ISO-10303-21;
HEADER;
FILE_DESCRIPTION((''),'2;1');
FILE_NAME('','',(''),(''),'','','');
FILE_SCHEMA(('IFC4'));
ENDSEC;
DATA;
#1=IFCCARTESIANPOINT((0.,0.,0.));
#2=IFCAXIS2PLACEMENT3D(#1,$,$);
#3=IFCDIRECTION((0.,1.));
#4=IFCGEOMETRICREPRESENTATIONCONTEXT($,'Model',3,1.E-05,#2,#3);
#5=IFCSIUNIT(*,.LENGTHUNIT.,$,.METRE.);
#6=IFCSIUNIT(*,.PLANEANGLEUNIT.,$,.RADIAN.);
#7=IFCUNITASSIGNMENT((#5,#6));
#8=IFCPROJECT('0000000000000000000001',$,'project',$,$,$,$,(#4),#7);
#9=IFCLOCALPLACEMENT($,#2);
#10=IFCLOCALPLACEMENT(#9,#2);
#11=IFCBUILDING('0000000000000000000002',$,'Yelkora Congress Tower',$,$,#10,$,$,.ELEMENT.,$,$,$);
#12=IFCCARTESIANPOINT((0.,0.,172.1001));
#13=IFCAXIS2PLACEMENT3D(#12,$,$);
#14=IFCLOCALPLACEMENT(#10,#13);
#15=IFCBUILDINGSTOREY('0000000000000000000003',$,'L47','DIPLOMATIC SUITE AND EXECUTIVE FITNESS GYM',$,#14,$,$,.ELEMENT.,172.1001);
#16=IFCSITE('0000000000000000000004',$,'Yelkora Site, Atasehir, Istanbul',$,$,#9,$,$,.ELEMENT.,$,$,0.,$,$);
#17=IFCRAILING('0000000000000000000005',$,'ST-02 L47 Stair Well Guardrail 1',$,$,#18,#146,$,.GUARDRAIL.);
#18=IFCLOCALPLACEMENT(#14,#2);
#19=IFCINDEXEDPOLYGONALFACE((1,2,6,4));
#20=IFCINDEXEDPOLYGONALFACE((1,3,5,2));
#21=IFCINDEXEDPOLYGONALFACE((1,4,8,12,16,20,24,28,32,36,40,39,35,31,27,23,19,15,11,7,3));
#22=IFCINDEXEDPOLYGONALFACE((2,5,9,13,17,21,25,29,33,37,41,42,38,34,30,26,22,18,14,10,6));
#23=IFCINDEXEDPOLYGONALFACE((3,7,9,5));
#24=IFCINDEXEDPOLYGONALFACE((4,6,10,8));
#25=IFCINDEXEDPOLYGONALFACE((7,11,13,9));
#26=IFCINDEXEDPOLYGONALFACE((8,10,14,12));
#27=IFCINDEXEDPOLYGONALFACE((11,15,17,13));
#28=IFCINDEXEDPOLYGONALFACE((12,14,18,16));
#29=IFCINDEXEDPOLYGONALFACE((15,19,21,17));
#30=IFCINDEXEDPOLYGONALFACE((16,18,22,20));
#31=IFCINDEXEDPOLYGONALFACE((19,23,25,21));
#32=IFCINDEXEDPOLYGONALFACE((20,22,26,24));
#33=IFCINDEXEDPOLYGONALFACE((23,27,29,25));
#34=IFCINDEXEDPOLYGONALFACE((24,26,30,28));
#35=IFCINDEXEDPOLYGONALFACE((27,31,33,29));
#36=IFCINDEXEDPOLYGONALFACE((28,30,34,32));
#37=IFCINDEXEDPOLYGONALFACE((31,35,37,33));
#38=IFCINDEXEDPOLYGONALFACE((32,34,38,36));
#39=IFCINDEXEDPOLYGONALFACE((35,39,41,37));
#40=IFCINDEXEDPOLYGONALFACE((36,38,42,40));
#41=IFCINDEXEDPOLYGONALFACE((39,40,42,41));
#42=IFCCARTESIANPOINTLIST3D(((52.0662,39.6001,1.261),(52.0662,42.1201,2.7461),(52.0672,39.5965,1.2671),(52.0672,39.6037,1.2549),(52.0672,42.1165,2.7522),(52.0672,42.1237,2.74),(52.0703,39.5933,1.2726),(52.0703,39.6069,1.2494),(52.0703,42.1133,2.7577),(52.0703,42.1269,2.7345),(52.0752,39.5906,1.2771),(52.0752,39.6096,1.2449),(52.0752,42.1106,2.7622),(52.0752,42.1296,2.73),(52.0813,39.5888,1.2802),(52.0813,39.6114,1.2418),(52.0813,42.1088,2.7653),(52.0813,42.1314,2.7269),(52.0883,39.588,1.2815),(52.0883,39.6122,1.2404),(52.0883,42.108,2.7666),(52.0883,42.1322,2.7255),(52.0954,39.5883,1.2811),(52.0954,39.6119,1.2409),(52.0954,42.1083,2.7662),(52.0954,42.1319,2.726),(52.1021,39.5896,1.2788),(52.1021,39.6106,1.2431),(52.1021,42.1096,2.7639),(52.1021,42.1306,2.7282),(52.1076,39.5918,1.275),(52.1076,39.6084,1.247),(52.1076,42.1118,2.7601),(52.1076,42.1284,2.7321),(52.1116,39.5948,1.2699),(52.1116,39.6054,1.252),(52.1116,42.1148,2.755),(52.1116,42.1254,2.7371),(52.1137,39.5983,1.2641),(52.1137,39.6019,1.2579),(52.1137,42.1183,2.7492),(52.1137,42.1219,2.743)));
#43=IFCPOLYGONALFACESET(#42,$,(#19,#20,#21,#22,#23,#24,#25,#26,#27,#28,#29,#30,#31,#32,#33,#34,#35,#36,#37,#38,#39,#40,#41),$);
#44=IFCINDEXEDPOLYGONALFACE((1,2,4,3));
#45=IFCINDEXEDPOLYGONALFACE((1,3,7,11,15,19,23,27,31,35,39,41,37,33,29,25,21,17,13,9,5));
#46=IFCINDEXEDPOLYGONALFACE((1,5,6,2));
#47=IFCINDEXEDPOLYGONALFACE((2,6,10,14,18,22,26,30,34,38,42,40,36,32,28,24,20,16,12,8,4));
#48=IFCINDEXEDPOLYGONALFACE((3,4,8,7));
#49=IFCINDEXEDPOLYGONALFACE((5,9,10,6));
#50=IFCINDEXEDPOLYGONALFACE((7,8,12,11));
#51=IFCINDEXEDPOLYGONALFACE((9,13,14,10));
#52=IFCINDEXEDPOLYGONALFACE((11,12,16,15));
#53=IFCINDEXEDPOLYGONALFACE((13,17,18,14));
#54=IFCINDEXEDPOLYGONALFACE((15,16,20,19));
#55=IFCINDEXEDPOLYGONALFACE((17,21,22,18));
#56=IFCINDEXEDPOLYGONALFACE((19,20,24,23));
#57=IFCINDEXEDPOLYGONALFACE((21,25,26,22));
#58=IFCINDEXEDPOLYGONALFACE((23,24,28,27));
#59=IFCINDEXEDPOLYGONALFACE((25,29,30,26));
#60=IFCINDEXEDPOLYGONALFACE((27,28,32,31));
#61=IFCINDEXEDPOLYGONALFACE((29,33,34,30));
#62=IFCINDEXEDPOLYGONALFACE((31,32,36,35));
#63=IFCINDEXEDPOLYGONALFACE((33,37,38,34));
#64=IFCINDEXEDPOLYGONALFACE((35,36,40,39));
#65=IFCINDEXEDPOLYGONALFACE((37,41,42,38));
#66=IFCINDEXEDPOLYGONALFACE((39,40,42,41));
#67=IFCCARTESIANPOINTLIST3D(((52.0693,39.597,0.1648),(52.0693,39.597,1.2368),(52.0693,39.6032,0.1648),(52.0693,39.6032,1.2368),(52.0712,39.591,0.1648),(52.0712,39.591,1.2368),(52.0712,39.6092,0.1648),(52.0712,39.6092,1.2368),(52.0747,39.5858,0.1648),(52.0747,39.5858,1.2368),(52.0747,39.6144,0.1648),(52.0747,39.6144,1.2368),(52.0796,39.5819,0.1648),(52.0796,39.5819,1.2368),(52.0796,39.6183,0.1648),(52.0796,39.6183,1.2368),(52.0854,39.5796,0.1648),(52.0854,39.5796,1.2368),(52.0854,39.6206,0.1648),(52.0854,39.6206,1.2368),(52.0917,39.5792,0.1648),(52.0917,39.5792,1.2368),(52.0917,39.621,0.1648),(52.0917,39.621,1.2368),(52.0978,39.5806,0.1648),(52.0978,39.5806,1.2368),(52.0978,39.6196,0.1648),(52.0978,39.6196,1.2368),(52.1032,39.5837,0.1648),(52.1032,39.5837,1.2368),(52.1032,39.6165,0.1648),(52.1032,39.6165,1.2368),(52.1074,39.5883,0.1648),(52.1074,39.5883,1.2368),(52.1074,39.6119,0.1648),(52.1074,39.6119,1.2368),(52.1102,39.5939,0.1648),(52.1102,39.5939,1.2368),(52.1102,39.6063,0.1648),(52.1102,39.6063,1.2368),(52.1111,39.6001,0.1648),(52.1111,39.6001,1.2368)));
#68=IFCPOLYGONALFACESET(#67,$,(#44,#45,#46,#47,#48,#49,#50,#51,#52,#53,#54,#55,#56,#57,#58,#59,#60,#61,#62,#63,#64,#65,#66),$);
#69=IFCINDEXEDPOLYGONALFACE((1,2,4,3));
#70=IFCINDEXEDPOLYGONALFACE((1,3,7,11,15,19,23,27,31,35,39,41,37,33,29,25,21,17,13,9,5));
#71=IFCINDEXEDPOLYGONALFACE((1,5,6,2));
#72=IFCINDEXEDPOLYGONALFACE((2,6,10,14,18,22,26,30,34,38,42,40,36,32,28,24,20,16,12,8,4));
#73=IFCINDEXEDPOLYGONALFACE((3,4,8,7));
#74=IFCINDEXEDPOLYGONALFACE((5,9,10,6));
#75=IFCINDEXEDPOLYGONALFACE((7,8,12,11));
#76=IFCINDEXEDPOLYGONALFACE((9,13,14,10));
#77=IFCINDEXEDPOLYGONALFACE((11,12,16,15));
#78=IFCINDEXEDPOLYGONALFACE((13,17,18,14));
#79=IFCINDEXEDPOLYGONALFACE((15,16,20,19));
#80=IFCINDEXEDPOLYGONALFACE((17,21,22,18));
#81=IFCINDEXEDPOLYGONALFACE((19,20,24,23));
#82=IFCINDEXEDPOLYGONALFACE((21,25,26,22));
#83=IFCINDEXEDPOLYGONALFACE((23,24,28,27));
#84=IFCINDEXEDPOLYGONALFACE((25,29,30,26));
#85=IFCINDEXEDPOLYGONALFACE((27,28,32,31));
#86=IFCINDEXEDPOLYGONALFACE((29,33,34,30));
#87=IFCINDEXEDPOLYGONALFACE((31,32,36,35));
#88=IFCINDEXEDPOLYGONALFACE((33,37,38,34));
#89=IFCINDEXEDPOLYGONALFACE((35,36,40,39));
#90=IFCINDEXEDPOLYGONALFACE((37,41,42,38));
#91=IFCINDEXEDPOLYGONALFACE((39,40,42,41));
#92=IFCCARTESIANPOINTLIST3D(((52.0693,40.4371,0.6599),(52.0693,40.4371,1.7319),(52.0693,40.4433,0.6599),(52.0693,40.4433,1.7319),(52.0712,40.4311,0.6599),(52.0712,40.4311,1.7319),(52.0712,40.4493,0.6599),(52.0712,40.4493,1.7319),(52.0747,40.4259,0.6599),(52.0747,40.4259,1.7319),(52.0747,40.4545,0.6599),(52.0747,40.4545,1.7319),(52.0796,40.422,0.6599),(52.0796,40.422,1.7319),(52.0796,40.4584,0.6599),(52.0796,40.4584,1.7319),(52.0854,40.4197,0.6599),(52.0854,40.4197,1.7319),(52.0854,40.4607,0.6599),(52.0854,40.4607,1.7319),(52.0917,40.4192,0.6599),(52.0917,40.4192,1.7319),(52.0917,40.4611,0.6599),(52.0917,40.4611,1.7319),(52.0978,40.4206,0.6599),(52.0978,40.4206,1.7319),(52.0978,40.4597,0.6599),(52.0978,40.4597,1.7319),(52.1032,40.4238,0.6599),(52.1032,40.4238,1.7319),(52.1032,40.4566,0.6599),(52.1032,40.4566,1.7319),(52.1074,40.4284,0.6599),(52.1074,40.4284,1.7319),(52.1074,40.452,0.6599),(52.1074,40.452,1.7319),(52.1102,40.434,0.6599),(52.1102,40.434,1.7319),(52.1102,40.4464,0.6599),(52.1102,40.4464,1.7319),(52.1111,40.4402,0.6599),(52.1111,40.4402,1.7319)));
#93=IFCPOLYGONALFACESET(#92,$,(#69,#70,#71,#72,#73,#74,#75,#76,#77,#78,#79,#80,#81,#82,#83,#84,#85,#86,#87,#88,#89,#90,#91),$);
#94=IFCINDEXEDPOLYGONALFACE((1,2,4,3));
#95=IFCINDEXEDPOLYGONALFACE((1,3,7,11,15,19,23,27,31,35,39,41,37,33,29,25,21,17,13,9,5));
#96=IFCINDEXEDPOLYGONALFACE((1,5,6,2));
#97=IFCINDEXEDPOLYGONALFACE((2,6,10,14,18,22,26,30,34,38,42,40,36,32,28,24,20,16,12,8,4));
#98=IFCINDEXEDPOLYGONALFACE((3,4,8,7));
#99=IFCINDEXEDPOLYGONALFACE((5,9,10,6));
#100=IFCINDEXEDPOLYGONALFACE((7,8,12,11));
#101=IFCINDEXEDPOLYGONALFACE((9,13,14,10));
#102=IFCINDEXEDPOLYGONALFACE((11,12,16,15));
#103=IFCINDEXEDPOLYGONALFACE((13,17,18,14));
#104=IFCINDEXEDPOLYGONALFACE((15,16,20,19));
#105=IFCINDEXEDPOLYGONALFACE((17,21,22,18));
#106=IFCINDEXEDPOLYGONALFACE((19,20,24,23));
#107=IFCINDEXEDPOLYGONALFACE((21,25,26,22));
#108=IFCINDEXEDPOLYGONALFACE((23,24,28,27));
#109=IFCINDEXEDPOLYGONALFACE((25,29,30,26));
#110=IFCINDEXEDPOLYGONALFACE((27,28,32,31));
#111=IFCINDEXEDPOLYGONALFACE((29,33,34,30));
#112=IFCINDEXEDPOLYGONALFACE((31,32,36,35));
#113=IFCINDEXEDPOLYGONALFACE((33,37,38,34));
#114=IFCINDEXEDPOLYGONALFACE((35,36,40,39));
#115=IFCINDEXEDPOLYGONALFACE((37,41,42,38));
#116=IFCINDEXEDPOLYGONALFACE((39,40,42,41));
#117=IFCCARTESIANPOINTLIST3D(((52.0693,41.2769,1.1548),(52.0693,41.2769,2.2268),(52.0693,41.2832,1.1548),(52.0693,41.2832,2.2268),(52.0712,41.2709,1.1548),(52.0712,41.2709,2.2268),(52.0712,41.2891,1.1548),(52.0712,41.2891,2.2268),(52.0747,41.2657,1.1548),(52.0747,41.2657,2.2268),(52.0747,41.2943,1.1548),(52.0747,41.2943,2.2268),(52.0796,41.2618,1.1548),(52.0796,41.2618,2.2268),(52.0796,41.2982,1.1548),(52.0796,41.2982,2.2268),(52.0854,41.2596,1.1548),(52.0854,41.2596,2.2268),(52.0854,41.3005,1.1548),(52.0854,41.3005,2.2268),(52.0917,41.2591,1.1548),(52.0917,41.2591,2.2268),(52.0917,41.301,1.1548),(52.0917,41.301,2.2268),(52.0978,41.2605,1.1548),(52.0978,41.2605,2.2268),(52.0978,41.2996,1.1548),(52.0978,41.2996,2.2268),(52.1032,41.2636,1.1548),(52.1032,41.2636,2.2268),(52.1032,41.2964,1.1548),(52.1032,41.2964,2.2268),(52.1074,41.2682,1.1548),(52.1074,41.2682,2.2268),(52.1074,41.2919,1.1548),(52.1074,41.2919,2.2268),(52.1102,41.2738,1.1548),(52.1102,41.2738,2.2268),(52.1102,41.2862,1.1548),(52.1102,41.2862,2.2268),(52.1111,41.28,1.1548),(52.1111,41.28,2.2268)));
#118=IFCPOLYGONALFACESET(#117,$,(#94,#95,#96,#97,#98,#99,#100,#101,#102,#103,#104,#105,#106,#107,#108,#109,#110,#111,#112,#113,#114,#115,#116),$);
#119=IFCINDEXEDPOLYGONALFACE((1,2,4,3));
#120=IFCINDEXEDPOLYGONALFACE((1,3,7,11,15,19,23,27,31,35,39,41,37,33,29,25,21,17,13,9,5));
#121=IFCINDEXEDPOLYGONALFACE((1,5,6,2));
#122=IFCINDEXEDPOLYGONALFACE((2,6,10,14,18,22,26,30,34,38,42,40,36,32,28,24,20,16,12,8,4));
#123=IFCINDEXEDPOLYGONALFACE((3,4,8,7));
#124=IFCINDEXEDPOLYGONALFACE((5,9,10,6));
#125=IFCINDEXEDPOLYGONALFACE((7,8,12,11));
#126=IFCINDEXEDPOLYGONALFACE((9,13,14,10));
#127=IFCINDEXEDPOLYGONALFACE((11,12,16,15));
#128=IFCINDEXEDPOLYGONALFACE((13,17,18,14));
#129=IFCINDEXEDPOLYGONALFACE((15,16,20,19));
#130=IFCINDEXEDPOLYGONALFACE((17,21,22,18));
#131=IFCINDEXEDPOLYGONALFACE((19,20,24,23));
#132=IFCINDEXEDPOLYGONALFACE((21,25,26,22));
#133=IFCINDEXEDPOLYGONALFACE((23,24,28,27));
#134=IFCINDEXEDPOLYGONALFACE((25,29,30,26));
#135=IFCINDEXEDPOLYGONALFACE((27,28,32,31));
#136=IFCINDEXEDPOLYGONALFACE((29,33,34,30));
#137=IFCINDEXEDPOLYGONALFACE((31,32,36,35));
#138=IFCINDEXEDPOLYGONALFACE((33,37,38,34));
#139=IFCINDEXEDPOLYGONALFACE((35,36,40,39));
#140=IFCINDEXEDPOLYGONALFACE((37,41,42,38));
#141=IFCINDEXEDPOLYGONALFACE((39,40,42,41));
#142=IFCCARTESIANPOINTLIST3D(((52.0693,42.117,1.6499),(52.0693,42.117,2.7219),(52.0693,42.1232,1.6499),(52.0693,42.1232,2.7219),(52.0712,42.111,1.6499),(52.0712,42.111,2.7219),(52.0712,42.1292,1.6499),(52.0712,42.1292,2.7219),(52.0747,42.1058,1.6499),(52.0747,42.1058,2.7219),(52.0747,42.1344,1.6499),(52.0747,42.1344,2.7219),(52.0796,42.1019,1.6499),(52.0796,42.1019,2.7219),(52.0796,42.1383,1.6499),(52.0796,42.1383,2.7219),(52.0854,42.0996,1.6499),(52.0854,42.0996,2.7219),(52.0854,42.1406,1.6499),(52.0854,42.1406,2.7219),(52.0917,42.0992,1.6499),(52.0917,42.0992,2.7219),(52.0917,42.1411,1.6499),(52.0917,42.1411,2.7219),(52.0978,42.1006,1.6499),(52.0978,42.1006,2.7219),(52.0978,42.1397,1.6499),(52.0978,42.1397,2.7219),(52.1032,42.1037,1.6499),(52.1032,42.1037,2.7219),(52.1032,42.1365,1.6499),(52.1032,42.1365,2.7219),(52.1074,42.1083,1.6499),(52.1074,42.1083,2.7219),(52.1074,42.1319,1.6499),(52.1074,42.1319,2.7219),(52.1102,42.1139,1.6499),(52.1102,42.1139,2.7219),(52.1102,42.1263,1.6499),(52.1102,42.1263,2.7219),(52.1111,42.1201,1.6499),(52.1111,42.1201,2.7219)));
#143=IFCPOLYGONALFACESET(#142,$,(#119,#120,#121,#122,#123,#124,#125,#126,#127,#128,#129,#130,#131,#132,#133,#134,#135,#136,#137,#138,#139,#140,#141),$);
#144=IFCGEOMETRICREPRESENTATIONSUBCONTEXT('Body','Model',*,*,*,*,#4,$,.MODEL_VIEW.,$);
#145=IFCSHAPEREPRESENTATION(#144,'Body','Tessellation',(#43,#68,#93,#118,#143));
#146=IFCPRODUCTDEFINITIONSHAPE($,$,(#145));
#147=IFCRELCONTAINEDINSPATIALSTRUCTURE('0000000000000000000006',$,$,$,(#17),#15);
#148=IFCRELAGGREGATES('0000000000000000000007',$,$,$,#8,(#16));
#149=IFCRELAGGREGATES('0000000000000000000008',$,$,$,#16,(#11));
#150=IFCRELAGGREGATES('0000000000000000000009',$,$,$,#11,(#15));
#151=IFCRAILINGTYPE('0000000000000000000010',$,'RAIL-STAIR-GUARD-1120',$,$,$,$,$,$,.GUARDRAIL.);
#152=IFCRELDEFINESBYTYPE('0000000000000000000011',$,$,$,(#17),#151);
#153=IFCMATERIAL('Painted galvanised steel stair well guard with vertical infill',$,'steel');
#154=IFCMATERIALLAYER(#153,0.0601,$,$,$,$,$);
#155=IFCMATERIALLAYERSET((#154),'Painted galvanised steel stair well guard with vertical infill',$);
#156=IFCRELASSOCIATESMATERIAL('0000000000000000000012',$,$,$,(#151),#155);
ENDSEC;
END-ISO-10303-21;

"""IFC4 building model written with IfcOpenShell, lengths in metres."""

from ifc_helpers import new_model, si_unit, direction, frame, origin, origin_2d, place, context, subcontext, project, spatial, circle, extrude, material, layer, layer_set, type_object, element, save


model = new_model("IFC4")

# Units and contexts
model_context = context("Model", 3, precision=1e-05, world=origin(), true_north=direction((0.0, 1.0)))
body_context = subcontext(model_context, "Body", "Model", "MODEL_VIEW")
ifc_project = project(units=[si_unit("LENGTHUNIT", "METRE"), si_unit("PLANEANGLEUNIT", "RADIAN")], contexts=[model_context])

# Site, building, storey
site_placement = place(None, origin())
site = spatial("IfcSite", under=ifc_project, at=site_placement, Name="Yelkora Site, Atasehir, Istanbul", CompositionType="ELEMENT", RefElevation=0.0)
building_placement = place(site_placement, origin())
building = spatial("IfcBuilding", under=site, at=building_placement, Name="Yelkora Congress Tower", CompositionType="ELEMENT")
storey_placement = place(building_placement, frame((0.0, 0.0, 172.1001)))
storey = spatial("IfcBuildingStorey", under=building, at=storey_placement, Name="L47", Description="DIPLOMATIC SUITE AND EXECUTIVE FITNESS GYM", CompositionType="ELEMENT", Elevation=172.1001)

# Railing
ifc_material_1 = material(Name="Painted galvanised steel stair well guard with vertical infill", Category="steel")
ifc_layer_1 = layer(ifc_material_1, 0.0601)
ifc_layer_set_1 = layer_set([ifc_layer_1], Name="Painted galvanised steel stair well guard with vertical infill")
railing_type_1 = type_object("IfcRailingType", Name="RAIL-STAIR-GUARD-1120", PredefinedType="GUARDRAIL", material=ifc_layer_set_1)
railing_1_placement = place(storey_placement, frame((52.0901, 39.6001, 0.1648)))
element("IfcRailing", 1, at=railing_1_placement, inside=storey, type_object=railing_type_1, Name="ST-02 L47 Stair Well Guardrail 1", PredefinedType="GUARDRAIL", context=body_context, shape_type="SweptSolid", body=[
    extrude(circle(Radius=0.0239, at=origin_2d()), frame((0.0, 0.0, 1.0962), z_axis=(0.0, 0.861524, 0.507717), x_axis=(-1.0, 0.0, 0.0)), (0.0, 0.0, 1.0), 2.925),
    extrude(circle(Radius=0.021, at=origin_2d()), origin(), (0.0, 0.0, 1.0), 1.072),
    extrude(circle(Radius=0.021, at=origin_2d()), frame((0.0, 0.8401, 0.4951)), (0.0, 0.0, 1.0), 1.072),
    extrude(circle(Radius=0.021, at=origin_2d()), frame((0.0, 1.6799, 0.99)), (0.0, 0.0, 1.0), 1.072),
    extrude(circle(Radius=0.021, at=origin_2d()), frame((0.0, 2.52, 1.4851)), (0.0, 0.0, 1.0), 1.072),
])

save(model, "model.ifc")
